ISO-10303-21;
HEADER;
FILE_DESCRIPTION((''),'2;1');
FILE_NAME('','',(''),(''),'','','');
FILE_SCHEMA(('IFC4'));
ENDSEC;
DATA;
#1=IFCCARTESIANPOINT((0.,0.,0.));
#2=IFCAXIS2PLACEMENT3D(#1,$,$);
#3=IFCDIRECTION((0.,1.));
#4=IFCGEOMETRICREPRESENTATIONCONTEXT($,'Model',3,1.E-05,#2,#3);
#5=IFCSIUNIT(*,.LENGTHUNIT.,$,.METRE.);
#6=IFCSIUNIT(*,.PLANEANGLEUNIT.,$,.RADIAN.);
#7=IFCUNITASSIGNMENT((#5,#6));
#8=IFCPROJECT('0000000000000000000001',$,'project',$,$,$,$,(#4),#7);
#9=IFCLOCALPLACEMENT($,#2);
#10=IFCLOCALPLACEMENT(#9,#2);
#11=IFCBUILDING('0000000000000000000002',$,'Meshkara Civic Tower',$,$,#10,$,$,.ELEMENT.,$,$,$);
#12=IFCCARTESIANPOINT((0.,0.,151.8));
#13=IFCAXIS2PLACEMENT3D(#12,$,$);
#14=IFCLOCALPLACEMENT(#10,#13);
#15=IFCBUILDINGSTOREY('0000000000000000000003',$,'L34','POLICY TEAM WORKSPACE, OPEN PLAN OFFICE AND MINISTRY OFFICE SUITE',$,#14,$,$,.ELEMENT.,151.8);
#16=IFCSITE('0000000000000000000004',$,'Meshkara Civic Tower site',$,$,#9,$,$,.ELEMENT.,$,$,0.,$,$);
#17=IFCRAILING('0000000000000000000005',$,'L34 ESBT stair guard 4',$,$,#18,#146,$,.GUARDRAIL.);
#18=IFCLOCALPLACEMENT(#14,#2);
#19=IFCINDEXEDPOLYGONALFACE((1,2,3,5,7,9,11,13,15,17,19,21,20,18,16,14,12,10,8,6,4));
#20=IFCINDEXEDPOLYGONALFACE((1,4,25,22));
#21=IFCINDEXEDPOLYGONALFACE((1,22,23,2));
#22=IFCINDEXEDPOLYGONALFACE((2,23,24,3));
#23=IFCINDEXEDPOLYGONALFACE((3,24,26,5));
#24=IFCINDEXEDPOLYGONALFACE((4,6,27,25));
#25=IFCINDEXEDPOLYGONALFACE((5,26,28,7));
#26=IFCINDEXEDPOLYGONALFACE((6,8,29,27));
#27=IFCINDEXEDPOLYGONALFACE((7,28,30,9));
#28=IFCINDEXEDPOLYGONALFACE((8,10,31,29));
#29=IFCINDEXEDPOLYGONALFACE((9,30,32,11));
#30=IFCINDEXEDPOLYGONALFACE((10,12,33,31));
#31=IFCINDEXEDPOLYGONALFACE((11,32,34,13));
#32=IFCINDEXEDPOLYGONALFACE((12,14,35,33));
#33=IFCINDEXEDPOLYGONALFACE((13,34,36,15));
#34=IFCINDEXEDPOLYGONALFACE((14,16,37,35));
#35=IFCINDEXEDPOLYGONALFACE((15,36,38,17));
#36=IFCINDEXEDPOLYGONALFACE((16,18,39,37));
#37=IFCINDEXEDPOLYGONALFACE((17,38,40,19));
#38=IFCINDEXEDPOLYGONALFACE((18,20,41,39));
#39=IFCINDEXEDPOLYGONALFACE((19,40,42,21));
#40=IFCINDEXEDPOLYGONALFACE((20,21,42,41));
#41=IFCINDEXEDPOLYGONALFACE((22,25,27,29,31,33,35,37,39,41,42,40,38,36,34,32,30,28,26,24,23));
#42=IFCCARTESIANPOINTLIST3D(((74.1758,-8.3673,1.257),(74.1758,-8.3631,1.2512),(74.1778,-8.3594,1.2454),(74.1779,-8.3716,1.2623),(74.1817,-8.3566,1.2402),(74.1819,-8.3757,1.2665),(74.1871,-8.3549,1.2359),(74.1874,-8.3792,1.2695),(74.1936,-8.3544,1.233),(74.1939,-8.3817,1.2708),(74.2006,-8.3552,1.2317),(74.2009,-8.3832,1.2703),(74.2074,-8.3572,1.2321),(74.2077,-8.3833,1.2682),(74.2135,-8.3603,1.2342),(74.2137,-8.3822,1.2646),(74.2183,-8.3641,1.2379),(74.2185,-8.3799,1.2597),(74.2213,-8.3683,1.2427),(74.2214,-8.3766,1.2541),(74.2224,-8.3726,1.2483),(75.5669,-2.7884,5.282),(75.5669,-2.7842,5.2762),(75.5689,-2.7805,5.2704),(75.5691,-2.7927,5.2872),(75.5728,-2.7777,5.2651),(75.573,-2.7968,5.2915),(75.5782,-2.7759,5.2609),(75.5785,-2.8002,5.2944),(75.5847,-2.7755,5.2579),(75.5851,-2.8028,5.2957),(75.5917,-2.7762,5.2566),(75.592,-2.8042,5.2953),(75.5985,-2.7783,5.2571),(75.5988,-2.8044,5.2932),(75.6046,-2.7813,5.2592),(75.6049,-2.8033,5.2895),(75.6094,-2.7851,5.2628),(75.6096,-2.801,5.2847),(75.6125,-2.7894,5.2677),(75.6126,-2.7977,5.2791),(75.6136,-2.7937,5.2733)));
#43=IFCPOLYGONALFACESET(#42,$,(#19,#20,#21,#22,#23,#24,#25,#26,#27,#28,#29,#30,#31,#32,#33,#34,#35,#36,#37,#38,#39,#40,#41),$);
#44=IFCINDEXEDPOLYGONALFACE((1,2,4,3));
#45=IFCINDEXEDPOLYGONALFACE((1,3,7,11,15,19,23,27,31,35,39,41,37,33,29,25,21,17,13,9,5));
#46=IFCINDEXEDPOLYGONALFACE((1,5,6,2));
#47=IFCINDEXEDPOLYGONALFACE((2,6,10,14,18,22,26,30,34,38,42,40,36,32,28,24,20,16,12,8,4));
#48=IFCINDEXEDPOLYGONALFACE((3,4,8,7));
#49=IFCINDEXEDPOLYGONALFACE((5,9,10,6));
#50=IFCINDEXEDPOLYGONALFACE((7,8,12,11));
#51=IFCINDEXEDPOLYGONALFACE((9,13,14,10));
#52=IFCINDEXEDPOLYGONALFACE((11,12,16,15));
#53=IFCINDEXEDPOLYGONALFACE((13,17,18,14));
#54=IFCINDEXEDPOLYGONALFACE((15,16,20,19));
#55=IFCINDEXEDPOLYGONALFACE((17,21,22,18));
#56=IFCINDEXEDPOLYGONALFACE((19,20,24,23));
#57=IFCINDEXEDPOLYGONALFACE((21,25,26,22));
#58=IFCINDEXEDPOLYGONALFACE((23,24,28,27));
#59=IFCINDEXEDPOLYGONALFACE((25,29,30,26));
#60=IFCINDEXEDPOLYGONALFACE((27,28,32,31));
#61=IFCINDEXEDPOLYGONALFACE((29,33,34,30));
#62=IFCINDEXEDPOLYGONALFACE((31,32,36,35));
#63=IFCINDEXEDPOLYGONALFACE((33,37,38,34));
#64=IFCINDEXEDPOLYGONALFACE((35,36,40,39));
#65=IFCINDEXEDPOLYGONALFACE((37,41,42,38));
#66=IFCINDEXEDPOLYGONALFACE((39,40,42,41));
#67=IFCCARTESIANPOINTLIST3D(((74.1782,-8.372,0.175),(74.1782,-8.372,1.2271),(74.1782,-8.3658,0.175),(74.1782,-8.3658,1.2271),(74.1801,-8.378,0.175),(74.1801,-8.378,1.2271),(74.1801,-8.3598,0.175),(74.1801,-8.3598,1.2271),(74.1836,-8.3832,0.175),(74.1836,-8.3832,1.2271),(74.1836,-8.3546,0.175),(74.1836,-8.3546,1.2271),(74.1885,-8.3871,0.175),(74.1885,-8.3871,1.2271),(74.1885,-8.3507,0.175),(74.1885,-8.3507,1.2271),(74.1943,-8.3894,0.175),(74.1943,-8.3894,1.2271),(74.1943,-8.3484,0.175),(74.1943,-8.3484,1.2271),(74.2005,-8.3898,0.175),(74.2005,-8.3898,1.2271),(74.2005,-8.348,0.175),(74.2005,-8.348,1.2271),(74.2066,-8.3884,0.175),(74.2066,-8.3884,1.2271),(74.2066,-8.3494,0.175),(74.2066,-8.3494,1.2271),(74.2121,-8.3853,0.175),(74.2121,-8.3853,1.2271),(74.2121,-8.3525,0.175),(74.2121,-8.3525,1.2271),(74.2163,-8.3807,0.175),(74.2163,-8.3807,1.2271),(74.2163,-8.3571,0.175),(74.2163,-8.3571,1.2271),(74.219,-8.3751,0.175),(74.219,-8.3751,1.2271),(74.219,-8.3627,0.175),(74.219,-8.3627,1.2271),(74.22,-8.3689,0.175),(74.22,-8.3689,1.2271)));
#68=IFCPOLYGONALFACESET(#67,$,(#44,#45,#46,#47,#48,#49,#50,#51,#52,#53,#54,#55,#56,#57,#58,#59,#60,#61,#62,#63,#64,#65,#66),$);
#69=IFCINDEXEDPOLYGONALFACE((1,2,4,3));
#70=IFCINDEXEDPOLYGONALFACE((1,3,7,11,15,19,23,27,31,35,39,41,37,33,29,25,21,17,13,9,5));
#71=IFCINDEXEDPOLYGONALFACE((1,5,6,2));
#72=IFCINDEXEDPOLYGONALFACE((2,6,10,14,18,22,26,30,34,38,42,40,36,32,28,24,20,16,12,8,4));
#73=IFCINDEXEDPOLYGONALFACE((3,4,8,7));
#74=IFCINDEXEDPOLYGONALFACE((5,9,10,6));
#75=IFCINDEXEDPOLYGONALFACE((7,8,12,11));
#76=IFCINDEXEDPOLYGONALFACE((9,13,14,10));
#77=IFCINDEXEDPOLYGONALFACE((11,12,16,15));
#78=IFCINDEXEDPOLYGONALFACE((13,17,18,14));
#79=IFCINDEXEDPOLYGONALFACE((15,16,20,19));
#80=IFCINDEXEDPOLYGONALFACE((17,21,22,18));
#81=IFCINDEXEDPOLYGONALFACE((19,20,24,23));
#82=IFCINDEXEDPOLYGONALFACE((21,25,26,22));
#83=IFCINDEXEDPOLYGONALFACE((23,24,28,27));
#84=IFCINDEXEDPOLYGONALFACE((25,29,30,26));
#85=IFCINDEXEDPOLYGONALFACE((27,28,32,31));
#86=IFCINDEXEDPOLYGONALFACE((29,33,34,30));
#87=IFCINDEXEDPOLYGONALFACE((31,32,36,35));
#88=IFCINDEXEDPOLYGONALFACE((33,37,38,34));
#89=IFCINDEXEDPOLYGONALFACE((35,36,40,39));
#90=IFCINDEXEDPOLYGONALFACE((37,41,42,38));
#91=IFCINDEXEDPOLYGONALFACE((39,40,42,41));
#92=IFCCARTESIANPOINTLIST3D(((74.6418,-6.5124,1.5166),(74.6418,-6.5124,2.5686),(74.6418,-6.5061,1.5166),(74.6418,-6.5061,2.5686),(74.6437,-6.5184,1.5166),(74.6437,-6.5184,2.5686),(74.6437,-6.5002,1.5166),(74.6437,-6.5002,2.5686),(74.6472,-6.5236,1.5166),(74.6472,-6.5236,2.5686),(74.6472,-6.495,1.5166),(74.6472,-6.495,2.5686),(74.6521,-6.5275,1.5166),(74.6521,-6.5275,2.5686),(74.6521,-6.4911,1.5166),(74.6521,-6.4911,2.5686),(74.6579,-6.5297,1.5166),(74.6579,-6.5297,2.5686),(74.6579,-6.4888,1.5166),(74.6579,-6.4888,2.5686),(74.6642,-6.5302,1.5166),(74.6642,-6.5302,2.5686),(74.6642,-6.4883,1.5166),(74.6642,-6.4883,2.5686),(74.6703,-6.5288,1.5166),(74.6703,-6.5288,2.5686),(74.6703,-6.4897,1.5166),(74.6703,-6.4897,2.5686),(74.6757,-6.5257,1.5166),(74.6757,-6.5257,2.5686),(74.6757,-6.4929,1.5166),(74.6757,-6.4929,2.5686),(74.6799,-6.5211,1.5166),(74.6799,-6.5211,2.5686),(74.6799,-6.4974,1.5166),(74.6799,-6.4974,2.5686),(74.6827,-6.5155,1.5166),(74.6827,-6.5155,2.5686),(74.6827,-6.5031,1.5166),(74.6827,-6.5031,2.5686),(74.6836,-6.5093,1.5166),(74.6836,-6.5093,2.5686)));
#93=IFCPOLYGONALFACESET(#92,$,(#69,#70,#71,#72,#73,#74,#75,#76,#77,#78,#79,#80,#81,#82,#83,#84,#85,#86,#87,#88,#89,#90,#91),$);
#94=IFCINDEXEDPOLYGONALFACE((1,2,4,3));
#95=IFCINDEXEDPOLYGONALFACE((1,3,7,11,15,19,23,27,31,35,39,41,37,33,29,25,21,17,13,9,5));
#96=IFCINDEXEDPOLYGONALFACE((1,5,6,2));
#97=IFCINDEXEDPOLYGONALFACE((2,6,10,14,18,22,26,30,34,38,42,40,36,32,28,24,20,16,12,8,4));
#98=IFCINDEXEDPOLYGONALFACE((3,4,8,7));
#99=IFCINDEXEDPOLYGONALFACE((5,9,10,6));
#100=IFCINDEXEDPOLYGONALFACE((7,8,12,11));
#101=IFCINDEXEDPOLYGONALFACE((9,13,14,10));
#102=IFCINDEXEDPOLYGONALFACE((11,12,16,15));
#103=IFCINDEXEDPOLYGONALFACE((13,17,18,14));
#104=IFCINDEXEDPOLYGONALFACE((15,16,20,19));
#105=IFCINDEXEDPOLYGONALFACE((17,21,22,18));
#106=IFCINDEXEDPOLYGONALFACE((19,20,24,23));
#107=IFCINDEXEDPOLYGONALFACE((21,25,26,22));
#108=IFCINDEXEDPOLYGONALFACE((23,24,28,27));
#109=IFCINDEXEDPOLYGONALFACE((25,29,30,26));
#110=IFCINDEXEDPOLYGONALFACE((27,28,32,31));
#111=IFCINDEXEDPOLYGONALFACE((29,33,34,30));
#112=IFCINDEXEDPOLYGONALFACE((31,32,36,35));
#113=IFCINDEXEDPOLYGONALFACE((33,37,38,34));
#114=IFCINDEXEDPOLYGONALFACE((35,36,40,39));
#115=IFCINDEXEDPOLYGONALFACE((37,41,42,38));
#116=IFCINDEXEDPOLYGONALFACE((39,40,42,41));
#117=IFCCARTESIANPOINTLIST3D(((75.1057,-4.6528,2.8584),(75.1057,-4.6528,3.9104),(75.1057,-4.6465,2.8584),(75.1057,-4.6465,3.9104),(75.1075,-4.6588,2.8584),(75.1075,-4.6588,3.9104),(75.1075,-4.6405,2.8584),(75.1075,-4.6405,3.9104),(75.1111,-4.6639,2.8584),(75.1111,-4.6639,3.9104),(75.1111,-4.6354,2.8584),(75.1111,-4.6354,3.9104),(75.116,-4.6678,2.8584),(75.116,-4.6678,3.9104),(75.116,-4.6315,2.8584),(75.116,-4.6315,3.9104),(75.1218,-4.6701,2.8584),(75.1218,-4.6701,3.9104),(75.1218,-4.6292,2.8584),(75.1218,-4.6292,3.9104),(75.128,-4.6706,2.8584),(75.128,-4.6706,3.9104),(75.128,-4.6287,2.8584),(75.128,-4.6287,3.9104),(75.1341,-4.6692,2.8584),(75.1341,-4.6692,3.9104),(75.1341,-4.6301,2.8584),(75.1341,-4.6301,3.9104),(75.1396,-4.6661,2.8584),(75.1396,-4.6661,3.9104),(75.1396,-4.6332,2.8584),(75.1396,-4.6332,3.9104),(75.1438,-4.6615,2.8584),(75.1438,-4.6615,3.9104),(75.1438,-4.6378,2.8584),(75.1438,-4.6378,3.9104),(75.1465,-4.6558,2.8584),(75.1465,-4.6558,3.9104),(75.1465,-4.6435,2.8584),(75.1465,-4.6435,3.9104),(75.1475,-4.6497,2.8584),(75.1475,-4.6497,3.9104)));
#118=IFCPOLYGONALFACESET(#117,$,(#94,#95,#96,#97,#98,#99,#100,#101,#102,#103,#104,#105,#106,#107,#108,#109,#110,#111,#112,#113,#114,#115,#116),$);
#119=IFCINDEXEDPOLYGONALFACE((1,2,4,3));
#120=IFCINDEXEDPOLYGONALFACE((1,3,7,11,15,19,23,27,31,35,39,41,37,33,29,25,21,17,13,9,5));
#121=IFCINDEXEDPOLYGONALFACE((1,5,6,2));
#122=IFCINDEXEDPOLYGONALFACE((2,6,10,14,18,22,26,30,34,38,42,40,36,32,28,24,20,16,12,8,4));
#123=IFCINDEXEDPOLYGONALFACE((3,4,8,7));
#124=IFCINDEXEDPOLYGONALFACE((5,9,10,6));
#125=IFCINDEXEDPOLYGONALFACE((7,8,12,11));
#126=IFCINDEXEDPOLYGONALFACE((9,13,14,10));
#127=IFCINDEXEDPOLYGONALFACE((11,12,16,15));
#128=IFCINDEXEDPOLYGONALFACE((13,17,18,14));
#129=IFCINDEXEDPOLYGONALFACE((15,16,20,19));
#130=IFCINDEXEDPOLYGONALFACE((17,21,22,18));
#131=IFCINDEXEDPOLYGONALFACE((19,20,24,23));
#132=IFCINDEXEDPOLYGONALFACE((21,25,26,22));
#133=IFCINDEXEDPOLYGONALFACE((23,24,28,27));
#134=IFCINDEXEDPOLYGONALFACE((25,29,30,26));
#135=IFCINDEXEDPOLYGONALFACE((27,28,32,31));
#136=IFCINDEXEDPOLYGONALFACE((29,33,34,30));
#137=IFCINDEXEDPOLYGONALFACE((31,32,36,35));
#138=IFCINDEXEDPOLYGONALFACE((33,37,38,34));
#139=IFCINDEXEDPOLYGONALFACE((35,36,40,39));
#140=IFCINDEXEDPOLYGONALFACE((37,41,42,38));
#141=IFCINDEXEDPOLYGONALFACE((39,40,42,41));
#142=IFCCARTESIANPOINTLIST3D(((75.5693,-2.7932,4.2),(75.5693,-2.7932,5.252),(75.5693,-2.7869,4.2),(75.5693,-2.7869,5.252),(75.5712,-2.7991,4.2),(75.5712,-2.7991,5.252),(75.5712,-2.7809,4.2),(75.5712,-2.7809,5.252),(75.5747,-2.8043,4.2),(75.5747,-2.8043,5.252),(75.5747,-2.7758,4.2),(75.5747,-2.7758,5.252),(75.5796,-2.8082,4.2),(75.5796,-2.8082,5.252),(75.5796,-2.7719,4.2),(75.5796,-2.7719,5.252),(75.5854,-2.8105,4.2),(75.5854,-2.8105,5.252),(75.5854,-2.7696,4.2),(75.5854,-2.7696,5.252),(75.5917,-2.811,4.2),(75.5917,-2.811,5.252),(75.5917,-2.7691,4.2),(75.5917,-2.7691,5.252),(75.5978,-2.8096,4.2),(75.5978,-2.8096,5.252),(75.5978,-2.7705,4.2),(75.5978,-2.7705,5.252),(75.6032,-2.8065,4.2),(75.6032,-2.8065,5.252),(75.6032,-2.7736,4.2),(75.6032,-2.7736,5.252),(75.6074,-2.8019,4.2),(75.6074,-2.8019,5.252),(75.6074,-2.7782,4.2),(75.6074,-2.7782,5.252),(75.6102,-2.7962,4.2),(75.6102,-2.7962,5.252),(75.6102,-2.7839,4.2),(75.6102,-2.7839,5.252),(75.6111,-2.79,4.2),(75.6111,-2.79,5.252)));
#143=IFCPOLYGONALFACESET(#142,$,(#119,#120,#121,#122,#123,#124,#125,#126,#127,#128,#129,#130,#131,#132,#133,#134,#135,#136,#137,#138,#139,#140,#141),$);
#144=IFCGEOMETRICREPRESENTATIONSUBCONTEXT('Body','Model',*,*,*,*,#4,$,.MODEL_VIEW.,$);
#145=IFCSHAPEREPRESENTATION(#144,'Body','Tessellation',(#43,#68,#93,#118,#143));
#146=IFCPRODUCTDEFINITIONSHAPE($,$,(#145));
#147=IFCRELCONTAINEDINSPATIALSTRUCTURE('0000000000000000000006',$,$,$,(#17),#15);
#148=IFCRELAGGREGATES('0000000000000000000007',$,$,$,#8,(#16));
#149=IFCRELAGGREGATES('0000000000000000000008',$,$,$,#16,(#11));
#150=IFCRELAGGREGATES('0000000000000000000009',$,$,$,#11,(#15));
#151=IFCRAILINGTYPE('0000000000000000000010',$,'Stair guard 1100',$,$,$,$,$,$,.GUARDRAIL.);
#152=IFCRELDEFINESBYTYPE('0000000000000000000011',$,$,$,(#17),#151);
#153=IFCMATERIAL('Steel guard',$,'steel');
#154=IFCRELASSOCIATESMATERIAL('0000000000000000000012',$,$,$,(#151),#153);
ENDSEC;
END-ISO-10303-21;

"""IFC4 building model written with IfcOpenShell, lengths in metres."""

from ifc_helpers import new_model, si_unit, direction, frame, origin, origin_2d, place, context, subcontext, project, spatial, circle, extrude, material, type_object, element, save


model = new_model("IFC4")

# Units and contexts
model_context = context("Model", 3, precision=1e-05, world=origin(), true_north=direction((0.0, 1.0)))
body_context = subcontext(model_context, "Body", "Model", "MODEL_VIEW")
ifc_project = project(units=[si_unit("LENGTHUNIT", "METRE"), si_unit("PLANEANGLEUNIT", "RADIAN")], contexts=[model_context])

# Site, building, storey
site_placement = place(None, origin())
site = spatial("IfcSite", under=ifc_project, at=site_placement, Name="Meshkara Civic Tower site", CompositionType="ELEMENT", RefElevation=0.0)
building_placement = place(site_placement, origin())
building = spatial("IfcBuilding", under=site, at=building_placement, Name="Meshkara Civic Tower", CompositionType="ELEMENT")
storey_placement = place(building_placement, frame((0.0, 0.0, 151.8)))
storey = spatial("IfcBuildingStorey", under=building, at=storey_placement, Name="L34", Description="POLICY TEAM WORKSPACE, OPEN PLAN OFFICE AND MINISTRY OFFICE SUITE", CompositionType="ELEMENT", Elevation=151.8)

# Railing
ifc_material_1 = material(Name="Steel guard", Category="steel")
railing_type_1 = type_object("IfcRailingType", Name="Stair guard 1100", PredefinedType="GUARDRAIL", material=ifc_material_1)
railing_1_placement = place(storey_placement, frame((74.199, -8.3689, 0.175)))
element("IfcRailing", 1, at=railing_1_placement, inside=storey, type_object=railing_type_1, Name="L34 ESBT stair guard 4", PredefinedType="GUARDRAIL", context=body_context, shape_type="SweptSolid", body=[
    extrude(circle(Radius=0.0239, at=origin_2d()), frame((0.0, 0.0, 1.0762), z_axis=(0.198208, 0.794884, 0.573474), x_axis=(-0.97029, 0.241946, 0.0)), (0.0, 0.0, 1.0), 7.0186),
    extrude(circle(Radius=0.021, at=origin_2d()), origin(), (0.0, 0.0, 1.0), 1.052),
    extrude(circle(Radius=0.021, at=origin_2d()), frame((0.4636, 1.8596, 1.3416)), (0.0, 0.0, 1.0), 1.052),
    extrude(circle(Radius=0.021, at=origin_2d()), frame((0.9275, 3.7192, 2.6833)), (0.0, 0.0, 1.0), 1.052),
    extrude(circle(Radius=0.021, at=origin_2d()), frame((1.3911, 5.5789, 4.0249)), (0.0, 0.0, 1.0), 1.052),
])

save(model, "model.ifc")
